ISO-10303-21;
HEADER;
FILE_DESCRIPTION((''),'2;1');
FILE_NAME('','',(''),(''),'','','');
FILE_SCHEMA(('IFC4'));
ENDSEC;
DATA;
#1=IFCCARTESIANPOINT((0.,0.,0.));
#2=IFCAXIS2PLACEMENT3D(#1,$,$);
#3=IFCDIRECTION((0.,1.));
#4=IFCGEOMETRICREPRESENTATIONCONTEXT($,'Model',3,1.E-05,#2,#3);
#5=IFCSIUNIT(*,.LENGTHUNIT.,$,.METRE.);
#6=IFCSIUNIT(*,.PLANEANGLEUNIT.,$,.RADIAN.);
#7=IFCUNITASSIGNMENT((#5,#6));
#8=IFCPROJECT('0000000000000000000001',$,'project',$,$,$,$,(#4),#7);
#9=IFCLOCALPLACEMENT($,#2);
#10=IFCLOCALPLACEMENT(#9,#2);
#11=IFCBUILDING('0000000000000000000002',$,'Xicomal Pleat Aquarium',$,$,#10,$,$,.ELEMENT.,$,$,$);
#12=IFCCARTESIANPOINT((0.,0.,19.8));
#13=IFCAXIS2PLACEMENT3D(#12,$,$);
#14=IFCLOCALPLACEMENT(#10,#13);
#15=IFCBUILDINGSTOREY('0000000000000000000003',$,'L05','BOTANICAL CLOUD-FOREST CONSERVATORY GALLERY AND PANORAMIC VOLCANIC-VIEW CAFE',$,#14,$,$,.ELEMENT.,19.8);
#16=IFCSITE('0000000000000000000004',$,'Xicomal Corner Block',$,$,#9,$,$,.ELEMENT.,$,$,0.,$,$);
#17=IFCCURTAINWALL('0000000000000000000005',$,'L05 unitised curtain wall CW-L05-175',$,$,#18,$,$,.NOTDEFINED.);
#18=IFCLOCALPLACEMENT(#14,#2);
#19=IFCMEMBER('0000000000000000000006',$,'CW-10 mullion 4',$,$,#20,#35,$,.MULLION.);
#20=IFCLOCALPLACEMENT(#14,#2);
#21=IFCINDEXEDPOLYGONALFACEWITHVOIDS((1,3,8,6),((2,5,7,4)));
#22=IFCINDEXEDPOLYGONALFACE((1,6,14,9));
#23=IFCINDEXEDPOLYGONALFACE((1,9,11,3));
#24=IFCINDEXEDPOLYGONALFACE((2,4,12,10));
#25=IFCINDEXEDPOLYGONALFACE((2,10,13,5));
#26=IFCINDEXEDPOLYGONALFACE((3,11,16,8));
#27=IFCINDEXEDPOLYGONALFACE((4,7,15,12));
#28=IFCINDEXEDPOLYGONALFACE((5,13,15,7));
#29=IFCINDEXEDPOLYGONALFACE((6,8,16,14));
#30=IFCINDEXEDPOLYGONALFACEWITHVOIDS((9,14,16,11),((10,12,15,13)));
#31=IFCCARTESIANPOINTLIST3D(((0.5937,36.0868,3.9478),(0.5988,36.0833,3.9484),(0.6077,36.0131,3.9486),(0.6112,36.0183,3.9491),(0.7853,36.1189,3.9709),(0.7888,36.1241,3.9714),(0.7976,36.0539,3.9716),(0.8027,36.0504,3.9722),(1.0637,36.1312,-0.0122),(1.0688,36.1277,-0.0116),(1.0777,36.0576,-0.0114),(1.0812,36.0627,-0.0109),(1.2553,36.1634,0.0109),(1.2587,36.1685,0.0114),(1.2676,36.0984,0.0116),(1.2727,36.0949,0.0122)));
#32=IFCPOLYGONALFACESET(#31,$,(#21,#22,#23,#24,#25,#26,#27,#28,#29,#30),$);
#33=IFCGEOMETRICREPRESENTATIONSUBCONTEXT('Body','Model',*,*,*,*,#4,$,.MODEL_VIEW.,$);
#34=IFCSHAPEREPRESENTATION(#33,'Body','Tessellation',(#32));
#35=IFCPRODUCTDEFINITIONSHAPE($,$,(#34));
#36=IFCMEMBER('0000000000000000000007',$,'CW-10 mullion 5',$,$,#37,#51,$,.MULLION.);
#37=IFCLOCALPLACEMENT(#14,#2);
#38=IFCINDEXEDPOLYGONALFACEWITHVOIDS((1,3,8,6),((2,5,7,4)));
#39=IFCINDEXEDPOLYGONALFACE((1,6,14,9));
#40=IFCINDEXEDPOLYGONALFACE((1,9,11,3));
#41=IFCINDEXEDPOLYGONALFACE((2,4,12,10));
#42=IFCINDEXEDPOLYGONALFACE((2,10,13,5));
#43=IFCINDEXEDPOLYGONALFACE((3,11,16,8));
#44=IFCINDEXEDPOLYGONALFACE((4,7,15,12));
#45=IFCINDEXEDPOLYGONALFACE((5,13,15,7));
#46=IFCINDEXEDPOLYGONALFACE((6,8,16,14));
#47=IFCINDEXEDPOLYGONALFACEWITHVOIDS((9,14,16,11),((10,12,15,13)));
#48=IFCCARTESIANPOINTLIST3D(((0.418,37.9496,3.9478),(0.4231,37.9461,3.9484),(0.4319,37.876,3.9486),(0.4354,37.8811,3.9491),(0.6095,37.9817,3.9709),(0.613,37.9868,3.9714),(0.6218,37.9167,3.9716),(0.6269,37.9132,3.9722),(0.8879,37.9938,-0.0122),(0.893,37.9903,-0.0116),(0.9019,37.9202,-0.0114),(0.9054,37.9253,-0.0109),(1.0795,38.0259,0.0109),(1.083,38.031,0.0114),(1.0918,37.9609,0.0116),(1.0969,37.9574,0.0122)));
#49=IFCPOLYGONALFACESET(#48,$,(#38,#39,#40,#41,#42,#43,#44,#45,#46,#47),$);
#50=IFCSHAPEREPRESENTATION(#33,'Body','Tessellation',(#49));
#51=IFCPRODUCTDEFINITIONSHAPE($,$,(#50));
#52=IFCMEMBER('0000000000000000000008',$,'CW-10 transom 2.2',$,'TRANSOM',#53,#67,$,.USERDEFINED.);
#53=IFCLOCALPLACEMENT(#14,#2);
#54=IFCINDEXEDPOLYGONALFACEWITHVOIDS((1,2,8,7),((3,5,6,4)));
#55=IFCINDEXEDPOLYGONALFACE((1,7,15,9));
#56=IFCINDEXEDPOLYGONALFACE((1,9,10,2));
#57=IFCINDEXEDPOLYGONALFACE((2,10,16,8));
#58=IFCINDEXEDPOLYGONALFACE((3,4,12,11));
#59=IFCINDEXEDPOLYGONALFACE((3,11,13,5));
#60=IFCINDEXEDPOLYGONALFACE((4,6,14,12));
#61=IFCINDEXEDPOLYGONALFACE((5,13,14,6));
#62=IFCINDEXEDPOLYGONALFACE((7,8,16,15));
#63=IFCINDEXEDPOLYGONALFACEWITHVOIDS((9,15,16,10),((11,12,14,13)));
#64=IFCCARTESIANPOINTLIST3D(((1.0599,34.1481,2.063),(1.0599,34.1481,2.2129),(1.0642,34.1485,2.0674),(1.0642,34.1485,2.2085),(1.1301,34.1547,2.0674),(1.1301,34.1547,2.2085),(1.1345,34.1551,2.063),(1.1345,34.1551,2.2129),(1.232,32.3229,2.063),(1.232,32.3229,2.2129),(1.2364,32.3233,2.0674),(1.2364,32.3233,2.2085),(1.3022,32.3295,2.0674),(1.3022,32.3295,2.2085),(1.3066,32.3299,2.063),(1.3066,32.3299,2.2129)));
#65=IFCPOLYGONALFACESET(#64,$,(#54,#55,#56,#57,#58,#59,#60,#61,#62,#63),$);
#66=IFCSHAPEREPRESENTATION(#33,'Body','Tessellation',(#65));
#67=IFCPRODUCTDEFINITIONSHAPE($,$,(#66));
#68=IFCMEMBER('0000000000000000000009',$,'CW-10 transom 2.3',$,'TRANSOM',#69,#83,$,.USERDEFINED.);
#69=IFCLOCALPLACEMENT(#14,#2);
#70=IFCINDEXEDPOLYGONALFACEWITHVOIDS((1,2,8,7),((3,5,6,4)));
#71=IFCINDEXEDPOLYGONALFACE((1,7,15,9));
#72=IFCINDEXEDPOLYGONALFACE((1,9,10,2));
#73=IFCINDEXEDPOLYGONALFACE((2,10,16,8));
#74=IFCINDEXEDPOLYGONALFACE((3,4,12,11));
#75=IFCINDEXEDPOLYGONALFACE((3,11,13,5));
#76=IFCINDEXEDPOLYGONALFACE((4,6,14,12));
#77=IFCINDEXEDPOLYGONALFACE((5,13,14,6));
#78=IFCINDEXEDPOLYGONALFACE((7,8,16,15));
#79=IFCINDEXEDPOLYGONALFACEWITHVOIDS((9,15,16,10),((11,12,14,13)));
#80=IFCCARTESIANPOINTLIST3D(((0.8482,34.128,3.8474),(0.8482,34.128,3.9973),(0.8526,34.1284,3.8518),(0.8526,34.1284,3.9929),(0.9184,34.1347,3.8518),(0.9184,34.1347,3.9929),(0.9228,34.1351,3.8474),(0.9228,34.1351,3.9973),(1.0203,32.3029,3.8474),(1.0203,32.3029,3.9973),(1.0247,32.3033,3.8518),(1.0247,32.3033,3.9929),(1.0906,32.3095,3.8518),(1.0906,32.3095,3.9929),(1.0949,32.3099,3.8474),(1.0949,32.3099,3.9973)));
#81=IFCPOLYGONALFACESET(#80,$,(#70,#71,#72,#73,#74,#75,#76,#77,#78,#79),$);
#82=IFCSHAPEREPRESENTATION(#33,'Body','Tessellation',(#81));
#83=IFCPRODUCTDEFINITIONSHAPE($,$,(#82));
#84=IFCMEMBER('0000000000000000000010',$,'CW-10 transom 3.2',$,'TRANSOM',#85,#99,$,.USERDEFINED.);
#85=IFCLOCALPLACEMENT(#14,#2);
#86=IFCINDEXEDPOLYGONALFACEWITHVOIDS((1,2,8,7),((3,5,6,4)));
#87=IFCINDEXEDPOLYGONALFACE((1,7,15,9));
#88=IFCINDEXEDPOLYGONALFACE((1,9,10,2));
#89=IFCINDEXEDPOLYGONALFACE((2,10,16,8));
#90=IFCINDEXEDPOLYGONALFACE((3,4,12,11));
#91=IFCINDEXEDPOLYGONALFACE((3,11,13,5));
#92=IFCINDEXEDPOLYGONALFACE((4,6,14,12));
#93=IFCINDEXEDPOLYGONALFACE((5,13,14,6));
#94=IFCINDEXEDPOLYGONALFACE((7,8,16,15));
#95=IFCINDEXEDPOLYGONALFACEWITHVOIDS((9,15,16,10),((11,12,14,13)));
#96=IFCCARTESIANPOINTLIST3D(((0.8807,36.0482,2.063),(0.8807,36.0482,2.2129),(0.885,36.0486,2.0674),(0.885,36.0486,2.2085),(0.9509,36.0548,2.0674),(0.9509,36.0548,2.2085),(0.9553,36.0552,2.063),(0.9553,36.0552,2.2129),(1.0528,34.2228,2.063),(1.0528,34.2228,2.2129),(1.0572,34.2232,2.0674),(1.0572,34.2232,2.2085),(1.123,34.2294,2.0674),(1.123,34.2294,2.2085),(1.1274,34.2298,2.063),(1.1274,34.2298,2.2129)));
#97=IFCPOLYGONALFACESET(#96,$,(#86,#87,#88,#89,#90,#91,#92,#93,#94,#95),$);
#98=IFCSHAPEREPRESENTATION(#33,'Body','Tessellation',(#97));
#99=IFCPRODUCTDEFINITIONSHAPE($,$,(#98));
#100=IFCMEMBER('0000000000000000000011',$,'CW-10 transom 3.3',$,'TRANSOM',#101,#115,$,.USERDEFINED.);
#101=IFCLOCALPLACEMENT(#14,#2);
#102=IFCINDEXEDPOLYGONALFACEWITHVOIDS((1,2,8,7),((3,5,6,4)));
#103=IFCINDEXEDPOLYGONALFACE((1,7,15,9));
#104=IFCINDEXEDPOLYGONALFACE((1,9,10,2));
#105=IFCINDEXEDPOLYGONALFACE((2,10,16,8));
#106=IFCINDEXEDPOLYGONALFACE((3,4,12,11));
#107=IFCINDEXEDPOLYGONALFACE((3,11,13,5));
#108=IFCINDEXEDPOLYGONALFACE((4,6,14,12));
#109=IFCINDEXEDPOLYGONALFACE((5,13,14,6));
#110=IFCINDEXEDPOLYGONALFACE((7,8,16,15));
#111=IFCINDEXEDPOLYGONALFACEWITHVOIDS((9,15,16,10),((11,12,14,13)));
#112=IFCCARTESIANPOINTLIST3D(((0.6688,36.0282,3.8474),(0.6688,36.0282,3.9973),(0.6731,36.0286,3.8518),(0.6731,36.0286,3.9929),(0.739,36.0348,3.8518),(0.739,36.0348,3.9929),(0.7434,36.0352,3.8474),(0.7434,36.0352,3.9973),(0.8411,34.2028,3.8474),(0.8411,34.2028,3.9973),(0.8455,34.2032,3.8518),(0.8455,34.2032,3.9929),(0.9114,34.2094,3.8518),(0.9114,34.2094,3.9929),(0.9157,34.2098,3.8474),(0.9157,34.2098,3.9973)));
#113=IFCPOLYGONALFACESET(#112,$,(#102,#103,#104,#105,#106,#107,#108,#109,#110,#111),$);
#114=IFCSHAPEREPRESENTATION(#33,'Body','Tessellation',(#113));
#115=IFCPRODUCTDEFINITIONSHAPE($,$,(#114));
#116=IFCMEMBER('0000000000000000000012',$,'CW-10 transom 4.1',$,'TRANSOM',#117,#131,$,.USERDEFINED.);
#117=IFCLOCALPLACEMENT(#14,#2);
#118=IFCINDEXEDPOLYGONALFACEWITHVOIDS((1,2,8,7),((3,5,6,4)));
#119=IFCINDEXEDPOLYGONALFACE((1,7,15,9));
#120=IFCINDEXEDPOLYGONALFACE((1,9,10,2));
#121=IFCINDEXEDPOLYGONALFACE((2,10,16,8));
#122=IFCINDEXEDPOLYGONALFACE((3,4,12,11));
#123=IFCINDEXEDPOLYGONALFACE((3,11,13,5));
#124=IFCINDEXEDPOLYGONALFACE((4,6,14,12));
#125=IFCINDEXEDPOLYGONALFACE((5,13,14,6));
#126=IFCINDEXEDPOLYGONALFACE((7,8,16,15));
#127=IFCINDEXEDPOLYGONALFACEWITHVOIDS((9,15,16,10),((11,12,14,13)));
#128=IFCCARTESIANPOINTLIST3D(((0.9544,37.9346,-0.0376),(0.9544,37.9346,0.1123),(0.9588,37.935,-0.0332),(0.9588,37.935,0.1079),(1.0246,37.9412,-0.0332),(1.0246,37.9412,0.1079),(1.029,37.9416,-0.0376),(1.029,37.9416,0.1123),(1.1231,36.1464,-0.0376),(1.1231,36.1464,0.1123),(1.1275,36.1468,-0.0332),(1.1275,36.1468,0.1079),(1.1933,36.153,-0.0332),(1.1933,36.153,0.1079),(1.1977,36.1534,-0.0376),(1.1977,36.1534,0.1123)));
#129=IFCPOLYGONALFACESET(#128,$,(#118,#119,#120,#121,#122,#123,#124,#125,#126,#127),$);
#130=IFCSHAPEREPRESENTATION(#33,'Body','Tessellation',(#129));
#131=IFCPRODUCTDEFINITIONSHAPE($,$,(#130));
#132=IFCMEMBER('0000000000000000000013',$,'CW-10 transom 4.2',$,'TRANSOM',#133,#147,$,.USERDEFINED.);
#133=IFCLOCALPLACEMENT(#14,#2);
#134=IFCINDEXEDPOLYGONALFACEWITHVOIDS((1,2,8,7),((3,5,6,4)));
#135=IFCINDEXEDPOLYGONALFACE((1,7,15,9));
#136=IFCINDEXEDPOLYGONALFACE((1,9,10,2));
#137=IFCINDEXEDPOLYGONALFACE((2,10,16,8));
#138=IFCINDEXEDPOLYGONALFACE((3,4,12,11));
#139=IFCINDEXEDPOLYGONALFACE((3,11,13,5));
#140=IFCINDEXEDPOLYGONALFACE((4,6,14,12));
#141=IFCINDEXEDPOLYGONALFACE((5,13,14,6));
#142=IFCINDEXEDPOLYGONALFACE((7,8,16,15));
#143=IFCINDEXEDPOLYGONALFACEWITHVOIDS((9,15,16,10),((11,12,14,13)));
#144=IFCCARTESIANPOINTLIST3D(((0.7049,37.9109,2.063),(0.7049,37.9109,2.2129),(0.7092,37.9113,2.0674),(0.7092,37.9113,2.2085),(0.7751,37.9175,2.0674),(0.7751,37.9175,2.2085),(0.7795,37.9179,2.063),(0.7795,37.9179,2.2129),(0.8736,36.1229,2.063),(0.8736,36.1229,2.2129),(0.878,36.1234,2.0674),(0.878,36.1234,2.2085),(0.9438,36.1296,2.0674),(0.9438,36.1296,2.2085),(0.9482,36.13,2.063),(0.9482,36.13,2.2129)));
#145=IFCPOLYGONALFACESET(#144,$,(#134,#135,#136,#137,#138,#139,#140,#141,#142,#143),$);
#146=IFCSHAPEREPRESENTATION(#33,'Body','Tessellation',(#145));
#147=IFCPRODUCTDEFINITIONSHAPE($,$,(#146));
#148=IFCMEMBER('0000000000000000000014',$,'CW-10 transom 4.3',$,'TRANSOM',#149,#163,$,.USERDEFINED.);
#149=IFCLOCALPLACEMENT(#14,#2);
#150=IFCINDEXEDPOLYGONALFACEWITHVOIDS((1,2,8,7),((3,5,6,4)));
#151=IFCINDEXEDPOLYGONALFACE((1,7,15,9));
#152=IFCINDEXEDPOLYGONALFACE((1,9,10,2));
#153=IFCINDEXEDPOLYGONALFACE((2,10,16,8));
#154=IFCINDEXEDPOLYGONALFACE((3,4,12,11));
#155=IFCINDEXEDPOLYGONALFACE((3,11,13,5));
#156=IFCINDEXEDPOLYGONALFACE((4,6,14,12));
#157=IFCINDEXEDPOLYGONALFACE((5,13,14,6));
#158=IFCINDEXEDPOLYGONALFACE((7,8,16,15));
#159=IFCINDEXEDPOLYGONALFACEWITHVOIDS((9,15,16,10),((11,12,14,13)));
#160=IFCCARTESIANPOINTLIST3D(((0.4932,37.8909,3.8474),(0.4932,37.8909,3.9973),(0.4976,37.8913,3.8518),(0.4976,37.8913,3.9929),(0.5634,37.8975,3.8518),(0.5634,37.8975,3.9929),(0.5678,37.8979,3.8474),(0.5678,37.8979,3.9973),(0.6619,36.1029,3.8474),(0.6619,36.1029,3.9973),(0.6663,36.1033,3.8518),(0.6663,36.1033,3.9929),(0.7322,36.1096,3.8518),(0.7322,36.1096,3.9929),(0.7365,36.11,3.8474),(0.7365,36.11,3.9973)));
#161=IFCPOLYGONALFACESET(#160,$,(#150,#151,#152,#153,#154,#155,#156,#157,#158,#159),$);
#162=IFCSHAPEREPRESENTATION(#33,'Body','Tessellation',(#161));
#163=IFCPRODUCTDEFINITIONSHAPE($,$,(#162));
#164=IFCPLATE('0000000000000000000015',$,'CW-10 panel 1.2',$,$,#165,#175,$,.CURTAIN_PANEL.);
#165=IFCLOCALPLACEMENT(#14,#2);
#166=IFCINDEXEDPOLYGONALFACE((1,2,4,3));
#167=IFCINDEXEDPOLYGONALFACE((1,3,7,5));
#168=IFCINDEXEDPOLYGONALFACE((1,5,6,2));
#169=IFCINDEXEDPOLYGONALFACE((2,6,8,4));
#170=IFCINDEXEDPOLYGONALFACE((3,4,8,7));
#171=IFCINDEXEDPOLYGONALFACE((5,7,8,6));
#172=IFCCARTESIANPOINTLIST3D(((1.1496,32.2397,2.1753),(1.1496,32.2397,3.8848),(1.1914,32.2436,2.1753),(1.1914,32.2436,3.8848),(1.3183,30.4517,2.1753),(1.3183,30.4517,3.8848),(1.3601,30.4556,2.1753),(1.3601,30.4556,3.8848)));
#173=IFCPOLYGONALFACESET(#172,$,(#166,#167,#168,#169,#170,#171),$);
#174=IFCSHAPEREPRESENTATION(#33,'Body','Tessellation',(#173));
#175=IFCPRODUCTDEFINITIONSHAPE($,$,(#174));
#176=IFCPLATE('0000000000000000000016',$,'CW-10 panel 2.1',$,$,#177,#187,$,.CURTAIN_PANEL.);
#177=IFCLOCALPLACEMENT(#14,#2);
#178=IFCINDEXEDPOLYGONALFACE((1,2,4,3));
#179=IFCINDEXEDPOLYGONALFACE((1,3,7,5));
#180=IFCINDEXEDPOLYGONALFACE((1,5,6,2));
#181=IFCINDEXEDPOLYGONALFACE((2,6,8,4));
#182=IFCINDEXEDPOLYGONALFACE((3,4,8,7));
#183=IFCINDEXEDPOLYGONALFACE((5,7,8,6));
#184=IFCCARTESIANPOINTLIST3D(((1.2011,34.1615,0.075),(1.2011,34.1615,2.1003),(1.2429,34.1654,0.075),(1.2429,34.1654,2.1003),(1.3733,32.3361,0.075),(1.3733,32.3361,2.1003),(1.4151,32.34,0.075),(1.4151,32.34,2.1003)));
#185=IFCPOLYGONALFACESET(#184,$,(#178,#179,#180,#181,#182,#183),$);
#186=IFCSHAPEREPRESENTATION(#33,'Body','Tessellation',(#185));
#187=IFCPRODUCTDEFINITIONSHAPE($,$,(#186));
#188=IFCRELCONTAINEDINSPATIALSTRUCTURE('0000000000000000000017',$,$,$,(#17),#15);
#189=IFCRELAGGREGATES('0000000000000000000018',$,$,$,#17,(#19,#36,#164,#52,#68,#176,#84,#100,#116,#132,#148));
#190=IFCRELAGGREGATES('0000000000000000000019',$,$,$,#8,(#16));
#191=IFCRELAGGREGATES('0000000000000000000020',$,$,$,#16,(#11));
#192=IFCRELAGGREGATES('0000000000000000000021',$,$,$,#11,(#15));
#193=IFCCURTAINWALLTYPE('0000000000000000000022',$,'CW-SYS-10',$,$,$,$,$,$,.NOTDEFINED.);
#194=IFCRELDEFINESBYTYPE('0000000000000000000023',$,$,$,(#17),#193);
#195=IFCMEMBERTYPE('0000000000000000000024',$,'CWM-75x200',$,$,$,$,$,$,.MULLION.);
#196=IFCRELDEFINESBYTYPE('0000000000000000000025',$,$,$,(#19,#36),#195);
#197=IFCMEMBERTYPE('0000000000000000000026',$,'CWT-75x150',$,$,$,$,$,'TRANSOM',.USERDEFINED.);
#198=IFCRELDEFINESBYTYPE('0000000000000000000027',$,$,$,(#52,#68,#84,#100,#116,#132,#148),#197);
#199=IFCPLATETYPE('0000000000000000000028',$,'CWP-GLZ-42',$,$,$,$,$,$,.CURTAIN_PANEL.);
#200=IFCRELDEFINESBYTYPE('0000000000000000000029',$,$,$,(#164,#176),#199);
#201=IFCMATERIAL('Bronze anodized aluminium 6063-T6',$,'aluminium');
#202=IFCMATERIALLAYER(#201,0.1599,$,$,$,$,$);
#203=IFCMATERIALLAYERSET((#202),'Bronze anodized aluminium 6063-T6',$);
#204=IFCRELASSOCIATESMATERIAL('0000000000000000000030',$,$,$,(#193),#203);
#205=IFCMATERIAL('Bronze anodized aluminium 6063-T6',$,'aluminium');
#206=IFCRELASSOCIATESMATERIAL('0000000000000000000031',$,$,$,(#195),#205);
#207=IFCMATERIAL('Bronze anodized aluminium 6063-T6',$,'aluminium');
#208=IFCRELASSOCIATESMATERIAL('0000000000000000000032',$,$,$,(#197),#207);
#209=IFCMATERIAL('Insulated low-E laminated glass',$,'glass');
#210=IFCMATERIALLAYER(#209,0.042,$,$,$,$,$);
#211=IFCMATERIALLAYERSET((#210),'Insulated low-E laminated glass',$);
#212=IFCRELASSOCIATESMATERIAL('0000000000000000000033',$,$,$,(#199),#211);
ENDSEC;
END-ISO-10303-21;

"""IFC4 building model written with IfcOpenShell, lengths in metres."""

from ifc_helpers import new_model, si_unit, direction, frame, origin, origin_2d, place, context, subcontext, project, spatial, rectangle, hollow_rectangle, extrude, material, layer, layer_set, material_profile, profile_set, type_object, element, aggregate, save


model = new_model("IFC4")

# Units and contexts
model_context = context("Model", 3, precision=1e-05, world=origin(), true_north=direction((0.0, 1.0)))
body_context = subcontext(model_context, "Body", "Model", "MODEL_VIEW")
ifc_project = project(units=[si_unit("LENGTHUNIT", "METRE"), si_unit("PLANEANGLEUNIT", "RADIAN")], contexts=[model_context])

# Site, building, storey
site_placement = place(None, origin())
site = spatial("IfcSite", under=ifc_project, at=site_placement, Name="Xicomal Corner Block", CompositionType="ELEMENT", RefElevation=0.0)
building_placement = place(site_placement, origin())
building = spatial("IfcBuilding", under=site, at=building_placement, Name="Xicomal Pleat Aquarium", CompositionType="ELEMENT")
storey_placement = place(building_placement, frame((0.0, 0.0, 19.8)))
storey = spatial("IfcBuildingStorey", under=building, at=storey_placement, Name="L05", Description="BOTANICAL CLOUD-FOREST CONSERVATORY GALLERY AND PANORAMIC VOLCANIC-VIEW CAFE", CompositionType="ELEMENT", Elevation=19.8)

# Curtain wall, members, plates
ifc_material_1 = material(Name="Bronze anodized aluminium 6063-T6", Category="aluminium")
ifc_layer_1 = layer(ifc_material_1, 0.1599)
ifc_layer_set_1 = layer_set([ifc_layer_1], Name="Bronze anodized aluminium 6063-T6")
curtain_wall_type = type_object("IfcCurtainWallType", Name="CW-SYS-10", PredefinedType="NOTDEFINED", material=ifc_layer_set_1)
curtain_wall_placement = place(storey_placement, origin())
curtain_wall = element("IfcCurtainWall", 1, at=curtain_wall_placement, inside=storey, type_object=curtain_wall_type, Name="L05 unitised curtain wall CW-L05-175", PredefinedType="NOTDEFINED")
ifc_material_2 = material(Name="Bronze anodized aluminium 6063-T6", Category="aluminium")
ifc_material_profile_1 = material_profile(ifc_material_2, hollow_rectangle(XDim=0.075, YDim=0.2, WallThickness=0.0044, at=origin_2d()), Name="ALU MULL 75x200")
ifc_profile_set_1 = profile_set([ifc_material_profile_1], Name="Bronze anodized aluminium 6063-T6")
member_type_1 = type_object("IfcMemberType", Name="CWM-75x200", PredefinedType="MULLION", material=ifc_profile_set_1)
member_1_placement = place(storey_placement, frame((1.1682, 36.113, 0.0), z_axis=(-0.117846, -0.011142, 0.992969), x_axis=(-0.18656, 0.982381, -0.011118)))
member_1 = element("IfcMember", 2, at=member_1_placement, type_object=member_type_1, Name="CW-10 mullion 4", PredefinedType="MULLION", context=body_context, shape_type="SweptSolid", body=[
    extrude(hollow_rectangle(XDim=0.075, YDim=0.2, WallThickness=0.0044, at=origin_2d()), origin(), (0.0, 0.0, 1.0), 3.988),
])
member_2_placement = place(storey_placement, frame((0.9924, 37.9756, 0.0), z_axis=(-0.117846, -0.011081, 0.99297), x_axis=(-0.186054, 0.982477, -0.011118)))
member_2 = element("IfcMember", 3, at=member_2_placement, type_object=member_type_1, Name="CW-10 mullion 5", PredefinedType="MULLION", context=body_context, shape_type="SweptSolid", body=[
    extrude(hollow_rectangle(XDim=0.075, YDim=0.2, WallThickness=0.0044, at=origin_2d()), origin(), (0.0, 0.0, 1.0), 3.988),
])
ifc_material_3 = material(Name="Bronze anodized aluminium 6063-T6", Category="aluminium")
ifc_material_profile_2 = material_profile(ifc_material_3, hollow_rectangle(XDim=0.075, YDim=0.1499, WallThickness=0.0044, at=origin_2d()), Name="ALU TRAN 75x150")
ifc_profile_set_2 = profile_set([ifc_material_profile_2], Name="Bronze anodized aluminium 6063-T6")
member_type_2 = type_object("IfcMemberType", Name="CWT-75x150", ElementType="TRANSOM", PredefinedType="USERDEFINED", material=ifc_profile_set_2)
member_3_placement = place(storey_placement, frame((1.2693, 32.3264, 2.1379), z_axis=(-0.093885, 0.995583, 0.0), x_axis=(-0.995583, -0.093885, 0.0)))
member_3 = element("IfcMember", 4, at=member_3_placement, type_object=member_type_2, Name="CW-10 transom 2.2", ObjectType="TRANSOM", PredefinedType="USERDEFINED", context=body_context, shape_type="SweptSolid", body=[
    extrude(hollow_rectangle(XDim=0.075, YDim=0.1499, WallThickness=0.0044, at=origin_2d()), origin(), (0.0, 0.0, 1.0), 1.8333),
])
member_4_placement = place(storey_placement, frame((1.0576, 32.3064, 3.9224), z_axis=(-0.093885, 0.995583, 0.0), x_axis=(-0.995583, -0.093885, 0.0)))
member_4 = element("IfcMember", 5, at=member_4_placement, type_object=member_type_2, Name="CW-10 transom 2.3", ObjectType="TRANSOM", PredefinedType="USERDEFINED", context=body_context, shape_type="SweptSolid", body=[
    extrude(hollow_rectangle(XDim=0.075, YDim=0.1499, WallThickness=0.0044, at=origin_2d()), origin(), (0.0, 0.0, 1.0), 1.8333),
])
member_5_placement = place(storey_placement, frame((1.0901, 34.2263, 2.1379), z_axis=(-0.093873, 0.995584, 0.0), x_axis=(-0.995584, -0.093873, 0.0)))
member_5 = element("IfcMember", 6, at=member_5_placement, type_object=member_type_2, Name="CW-10 transom 3.2", ObjectType="TRANSOM", PredefinedType="USERDEFINED", context=body_context, shape_type="SweptSolid", body=[
    extrude(hollow_rectangle(XDim=0.075, YDim=0.1499, WallThickness=0.0044, at=origin_2d()), origin(), (0.0, 0.0, 1.0), 1.8335),
])
member_6_placement = place(storey_placement, frame((0.8784, 34.2063, 3.9224), z_axis=(-0.094005, 0.995572, 0.0), x_axis=(-0.995572, -0.094005, 0.0)))
member_6 = element("IfcMember", 7, at=member_6_placement, type_object=member_type_2, Name="CW-10 transom 3.3", ObjectType="TRANSOM", PredefinedType="USERDEFINED", context=body_context, shape_type="SweptSolid", body=[
    extrude(hollow_rectangle(XDim=0.075, YDim=0.1499, WallThickness=0.0044, at=origin_2d()), origin(), (0.0, 0.0, 1.0), 1.8335),
])
member_7_placement = place(storey_placement, frame((1.1604, 36.1499, 0.0374), z_axis=(-0.09393, 0.995579, 0.0), x_axis=(-0.995579, -0.09393, 0.0)))
member_7 = element("IfcMember", 8, at=member_7_placement, type_object=member_type_2, Name="CW-10 transom 4.1", ObjectType="TRANSOM", PredefinedType="USERDEFINED", context=body_context, shape_type="SweptSolid", body=[
    extrude(hollow_rectangle(XDim=0.075, YDim=0.1499, WallThickness=0.0044, at=origin_2d()), origin(), (0.0, 0.0, 1.0), 1.7961),
])
member_8_placement = place(storey_placement, frame((0.9109, 36.1265, 2.1379), z_axis=(-0.093943, 0.995578, 0.0), x_axis=(-0.995578, -0.093943, 0.0)))
member_8 = element("IfcMember", 9, at=member_8_placement, type_object=member_type_2, Name="CW-10 transom 4.2", ObjectType="TRANSOM", PredefinedType="USERDEFINED", context=body_context, shape_type="SweptSolid", body=[
    extrude(hollow_rectangle(XDim=0.075, YDim=0.1499, WallThickness=0.0044, at=origin_2d()), origin(), (0.0, 0.0, 1.0), 1.7959),
])
member_9_placement = place(storey_placement, frame((0.6992, 36.1064, 3.9224), z_axis=(-0.093943, 0.995578, 0.0), x_axis=(-0.995578, -0.093943, 0.0)))
member_9 = element("IfcMember", 10, at=member_9_placement, type_object=member_type_2, Name="CW-10 transom 4.3", ObjectType="TRANSOM", PredefinedType="USERDEFINED", context=body_context, shape_type="SweptSolid", body=[
    extrude(hollow_rectangle(XDim=0.075, YDim=0.1499, WallThickness=0.0044, at=origin_2d()), origin(), (0.0, 0.0, 1.0), 1.7959),
])
ifc_material_4 = material(Name="Insulated low-E laminated glass", Category="glass")
ifc_layer_2 = layer(ifc_material_4, 0.042)
ifc_layer_set_2 = layer_set([ifc_layer_2], Name="Insulated low-E laminated glass")
plate_type = type_object("IfcPlateType", Name="CWP-GLZ-42", PredefinedType="CURTAIN_PANEL", material=ifc_layer_set_2)
plate_1_placement = place(storey_placement, frame((1.2549, 31.3477, 2.1753), z_axis=(0.0, 0.0, 1.0), x_axis=(-0.093925, 0.995579, 0.0)))
plate_1 = element("IfcPlate", 11, at=plate_1_placement, type_object=plate_type, Name="CW-10 panel 1.2", PredefinedType="CURTAIN_PANEL", context=body_context, shape_type="SweptSolid", body=[
    extrude(rectangle(XDim=1.7959, YDim=0.042, at=origin_2d()), origin(), (0.0, 0.0, 1.0), 1.7095),
])
plate_2_placement = place(storey_placement, frame((1.3081, 33.2507, 0.075), z_axis=(0.0, 0.0, 1.0), x_axis=(-0.093925, 0.995579, 0.0)))
plate_2 = element("IfcPlate", 12, at=plate_2_placement, type_object=plate_type, Name="CW-10 panel 2.1", PredefinedType="CURTAIN_PANEL", context=body_context, shape_type="SweptSolid", body=[
    extrude(rectangle(XDim=1.8335, YDim=0.042, at=origin_2d()), origin(), (0.0, 0.0, 1.0), 2.0254),
])
aggregate(curtain_wall, [member_1, member_2, plate_1, member_3, member_4, plate_2, member_5, member_6, member_7, member_8, member_9])

save(model, "model.ifc")
